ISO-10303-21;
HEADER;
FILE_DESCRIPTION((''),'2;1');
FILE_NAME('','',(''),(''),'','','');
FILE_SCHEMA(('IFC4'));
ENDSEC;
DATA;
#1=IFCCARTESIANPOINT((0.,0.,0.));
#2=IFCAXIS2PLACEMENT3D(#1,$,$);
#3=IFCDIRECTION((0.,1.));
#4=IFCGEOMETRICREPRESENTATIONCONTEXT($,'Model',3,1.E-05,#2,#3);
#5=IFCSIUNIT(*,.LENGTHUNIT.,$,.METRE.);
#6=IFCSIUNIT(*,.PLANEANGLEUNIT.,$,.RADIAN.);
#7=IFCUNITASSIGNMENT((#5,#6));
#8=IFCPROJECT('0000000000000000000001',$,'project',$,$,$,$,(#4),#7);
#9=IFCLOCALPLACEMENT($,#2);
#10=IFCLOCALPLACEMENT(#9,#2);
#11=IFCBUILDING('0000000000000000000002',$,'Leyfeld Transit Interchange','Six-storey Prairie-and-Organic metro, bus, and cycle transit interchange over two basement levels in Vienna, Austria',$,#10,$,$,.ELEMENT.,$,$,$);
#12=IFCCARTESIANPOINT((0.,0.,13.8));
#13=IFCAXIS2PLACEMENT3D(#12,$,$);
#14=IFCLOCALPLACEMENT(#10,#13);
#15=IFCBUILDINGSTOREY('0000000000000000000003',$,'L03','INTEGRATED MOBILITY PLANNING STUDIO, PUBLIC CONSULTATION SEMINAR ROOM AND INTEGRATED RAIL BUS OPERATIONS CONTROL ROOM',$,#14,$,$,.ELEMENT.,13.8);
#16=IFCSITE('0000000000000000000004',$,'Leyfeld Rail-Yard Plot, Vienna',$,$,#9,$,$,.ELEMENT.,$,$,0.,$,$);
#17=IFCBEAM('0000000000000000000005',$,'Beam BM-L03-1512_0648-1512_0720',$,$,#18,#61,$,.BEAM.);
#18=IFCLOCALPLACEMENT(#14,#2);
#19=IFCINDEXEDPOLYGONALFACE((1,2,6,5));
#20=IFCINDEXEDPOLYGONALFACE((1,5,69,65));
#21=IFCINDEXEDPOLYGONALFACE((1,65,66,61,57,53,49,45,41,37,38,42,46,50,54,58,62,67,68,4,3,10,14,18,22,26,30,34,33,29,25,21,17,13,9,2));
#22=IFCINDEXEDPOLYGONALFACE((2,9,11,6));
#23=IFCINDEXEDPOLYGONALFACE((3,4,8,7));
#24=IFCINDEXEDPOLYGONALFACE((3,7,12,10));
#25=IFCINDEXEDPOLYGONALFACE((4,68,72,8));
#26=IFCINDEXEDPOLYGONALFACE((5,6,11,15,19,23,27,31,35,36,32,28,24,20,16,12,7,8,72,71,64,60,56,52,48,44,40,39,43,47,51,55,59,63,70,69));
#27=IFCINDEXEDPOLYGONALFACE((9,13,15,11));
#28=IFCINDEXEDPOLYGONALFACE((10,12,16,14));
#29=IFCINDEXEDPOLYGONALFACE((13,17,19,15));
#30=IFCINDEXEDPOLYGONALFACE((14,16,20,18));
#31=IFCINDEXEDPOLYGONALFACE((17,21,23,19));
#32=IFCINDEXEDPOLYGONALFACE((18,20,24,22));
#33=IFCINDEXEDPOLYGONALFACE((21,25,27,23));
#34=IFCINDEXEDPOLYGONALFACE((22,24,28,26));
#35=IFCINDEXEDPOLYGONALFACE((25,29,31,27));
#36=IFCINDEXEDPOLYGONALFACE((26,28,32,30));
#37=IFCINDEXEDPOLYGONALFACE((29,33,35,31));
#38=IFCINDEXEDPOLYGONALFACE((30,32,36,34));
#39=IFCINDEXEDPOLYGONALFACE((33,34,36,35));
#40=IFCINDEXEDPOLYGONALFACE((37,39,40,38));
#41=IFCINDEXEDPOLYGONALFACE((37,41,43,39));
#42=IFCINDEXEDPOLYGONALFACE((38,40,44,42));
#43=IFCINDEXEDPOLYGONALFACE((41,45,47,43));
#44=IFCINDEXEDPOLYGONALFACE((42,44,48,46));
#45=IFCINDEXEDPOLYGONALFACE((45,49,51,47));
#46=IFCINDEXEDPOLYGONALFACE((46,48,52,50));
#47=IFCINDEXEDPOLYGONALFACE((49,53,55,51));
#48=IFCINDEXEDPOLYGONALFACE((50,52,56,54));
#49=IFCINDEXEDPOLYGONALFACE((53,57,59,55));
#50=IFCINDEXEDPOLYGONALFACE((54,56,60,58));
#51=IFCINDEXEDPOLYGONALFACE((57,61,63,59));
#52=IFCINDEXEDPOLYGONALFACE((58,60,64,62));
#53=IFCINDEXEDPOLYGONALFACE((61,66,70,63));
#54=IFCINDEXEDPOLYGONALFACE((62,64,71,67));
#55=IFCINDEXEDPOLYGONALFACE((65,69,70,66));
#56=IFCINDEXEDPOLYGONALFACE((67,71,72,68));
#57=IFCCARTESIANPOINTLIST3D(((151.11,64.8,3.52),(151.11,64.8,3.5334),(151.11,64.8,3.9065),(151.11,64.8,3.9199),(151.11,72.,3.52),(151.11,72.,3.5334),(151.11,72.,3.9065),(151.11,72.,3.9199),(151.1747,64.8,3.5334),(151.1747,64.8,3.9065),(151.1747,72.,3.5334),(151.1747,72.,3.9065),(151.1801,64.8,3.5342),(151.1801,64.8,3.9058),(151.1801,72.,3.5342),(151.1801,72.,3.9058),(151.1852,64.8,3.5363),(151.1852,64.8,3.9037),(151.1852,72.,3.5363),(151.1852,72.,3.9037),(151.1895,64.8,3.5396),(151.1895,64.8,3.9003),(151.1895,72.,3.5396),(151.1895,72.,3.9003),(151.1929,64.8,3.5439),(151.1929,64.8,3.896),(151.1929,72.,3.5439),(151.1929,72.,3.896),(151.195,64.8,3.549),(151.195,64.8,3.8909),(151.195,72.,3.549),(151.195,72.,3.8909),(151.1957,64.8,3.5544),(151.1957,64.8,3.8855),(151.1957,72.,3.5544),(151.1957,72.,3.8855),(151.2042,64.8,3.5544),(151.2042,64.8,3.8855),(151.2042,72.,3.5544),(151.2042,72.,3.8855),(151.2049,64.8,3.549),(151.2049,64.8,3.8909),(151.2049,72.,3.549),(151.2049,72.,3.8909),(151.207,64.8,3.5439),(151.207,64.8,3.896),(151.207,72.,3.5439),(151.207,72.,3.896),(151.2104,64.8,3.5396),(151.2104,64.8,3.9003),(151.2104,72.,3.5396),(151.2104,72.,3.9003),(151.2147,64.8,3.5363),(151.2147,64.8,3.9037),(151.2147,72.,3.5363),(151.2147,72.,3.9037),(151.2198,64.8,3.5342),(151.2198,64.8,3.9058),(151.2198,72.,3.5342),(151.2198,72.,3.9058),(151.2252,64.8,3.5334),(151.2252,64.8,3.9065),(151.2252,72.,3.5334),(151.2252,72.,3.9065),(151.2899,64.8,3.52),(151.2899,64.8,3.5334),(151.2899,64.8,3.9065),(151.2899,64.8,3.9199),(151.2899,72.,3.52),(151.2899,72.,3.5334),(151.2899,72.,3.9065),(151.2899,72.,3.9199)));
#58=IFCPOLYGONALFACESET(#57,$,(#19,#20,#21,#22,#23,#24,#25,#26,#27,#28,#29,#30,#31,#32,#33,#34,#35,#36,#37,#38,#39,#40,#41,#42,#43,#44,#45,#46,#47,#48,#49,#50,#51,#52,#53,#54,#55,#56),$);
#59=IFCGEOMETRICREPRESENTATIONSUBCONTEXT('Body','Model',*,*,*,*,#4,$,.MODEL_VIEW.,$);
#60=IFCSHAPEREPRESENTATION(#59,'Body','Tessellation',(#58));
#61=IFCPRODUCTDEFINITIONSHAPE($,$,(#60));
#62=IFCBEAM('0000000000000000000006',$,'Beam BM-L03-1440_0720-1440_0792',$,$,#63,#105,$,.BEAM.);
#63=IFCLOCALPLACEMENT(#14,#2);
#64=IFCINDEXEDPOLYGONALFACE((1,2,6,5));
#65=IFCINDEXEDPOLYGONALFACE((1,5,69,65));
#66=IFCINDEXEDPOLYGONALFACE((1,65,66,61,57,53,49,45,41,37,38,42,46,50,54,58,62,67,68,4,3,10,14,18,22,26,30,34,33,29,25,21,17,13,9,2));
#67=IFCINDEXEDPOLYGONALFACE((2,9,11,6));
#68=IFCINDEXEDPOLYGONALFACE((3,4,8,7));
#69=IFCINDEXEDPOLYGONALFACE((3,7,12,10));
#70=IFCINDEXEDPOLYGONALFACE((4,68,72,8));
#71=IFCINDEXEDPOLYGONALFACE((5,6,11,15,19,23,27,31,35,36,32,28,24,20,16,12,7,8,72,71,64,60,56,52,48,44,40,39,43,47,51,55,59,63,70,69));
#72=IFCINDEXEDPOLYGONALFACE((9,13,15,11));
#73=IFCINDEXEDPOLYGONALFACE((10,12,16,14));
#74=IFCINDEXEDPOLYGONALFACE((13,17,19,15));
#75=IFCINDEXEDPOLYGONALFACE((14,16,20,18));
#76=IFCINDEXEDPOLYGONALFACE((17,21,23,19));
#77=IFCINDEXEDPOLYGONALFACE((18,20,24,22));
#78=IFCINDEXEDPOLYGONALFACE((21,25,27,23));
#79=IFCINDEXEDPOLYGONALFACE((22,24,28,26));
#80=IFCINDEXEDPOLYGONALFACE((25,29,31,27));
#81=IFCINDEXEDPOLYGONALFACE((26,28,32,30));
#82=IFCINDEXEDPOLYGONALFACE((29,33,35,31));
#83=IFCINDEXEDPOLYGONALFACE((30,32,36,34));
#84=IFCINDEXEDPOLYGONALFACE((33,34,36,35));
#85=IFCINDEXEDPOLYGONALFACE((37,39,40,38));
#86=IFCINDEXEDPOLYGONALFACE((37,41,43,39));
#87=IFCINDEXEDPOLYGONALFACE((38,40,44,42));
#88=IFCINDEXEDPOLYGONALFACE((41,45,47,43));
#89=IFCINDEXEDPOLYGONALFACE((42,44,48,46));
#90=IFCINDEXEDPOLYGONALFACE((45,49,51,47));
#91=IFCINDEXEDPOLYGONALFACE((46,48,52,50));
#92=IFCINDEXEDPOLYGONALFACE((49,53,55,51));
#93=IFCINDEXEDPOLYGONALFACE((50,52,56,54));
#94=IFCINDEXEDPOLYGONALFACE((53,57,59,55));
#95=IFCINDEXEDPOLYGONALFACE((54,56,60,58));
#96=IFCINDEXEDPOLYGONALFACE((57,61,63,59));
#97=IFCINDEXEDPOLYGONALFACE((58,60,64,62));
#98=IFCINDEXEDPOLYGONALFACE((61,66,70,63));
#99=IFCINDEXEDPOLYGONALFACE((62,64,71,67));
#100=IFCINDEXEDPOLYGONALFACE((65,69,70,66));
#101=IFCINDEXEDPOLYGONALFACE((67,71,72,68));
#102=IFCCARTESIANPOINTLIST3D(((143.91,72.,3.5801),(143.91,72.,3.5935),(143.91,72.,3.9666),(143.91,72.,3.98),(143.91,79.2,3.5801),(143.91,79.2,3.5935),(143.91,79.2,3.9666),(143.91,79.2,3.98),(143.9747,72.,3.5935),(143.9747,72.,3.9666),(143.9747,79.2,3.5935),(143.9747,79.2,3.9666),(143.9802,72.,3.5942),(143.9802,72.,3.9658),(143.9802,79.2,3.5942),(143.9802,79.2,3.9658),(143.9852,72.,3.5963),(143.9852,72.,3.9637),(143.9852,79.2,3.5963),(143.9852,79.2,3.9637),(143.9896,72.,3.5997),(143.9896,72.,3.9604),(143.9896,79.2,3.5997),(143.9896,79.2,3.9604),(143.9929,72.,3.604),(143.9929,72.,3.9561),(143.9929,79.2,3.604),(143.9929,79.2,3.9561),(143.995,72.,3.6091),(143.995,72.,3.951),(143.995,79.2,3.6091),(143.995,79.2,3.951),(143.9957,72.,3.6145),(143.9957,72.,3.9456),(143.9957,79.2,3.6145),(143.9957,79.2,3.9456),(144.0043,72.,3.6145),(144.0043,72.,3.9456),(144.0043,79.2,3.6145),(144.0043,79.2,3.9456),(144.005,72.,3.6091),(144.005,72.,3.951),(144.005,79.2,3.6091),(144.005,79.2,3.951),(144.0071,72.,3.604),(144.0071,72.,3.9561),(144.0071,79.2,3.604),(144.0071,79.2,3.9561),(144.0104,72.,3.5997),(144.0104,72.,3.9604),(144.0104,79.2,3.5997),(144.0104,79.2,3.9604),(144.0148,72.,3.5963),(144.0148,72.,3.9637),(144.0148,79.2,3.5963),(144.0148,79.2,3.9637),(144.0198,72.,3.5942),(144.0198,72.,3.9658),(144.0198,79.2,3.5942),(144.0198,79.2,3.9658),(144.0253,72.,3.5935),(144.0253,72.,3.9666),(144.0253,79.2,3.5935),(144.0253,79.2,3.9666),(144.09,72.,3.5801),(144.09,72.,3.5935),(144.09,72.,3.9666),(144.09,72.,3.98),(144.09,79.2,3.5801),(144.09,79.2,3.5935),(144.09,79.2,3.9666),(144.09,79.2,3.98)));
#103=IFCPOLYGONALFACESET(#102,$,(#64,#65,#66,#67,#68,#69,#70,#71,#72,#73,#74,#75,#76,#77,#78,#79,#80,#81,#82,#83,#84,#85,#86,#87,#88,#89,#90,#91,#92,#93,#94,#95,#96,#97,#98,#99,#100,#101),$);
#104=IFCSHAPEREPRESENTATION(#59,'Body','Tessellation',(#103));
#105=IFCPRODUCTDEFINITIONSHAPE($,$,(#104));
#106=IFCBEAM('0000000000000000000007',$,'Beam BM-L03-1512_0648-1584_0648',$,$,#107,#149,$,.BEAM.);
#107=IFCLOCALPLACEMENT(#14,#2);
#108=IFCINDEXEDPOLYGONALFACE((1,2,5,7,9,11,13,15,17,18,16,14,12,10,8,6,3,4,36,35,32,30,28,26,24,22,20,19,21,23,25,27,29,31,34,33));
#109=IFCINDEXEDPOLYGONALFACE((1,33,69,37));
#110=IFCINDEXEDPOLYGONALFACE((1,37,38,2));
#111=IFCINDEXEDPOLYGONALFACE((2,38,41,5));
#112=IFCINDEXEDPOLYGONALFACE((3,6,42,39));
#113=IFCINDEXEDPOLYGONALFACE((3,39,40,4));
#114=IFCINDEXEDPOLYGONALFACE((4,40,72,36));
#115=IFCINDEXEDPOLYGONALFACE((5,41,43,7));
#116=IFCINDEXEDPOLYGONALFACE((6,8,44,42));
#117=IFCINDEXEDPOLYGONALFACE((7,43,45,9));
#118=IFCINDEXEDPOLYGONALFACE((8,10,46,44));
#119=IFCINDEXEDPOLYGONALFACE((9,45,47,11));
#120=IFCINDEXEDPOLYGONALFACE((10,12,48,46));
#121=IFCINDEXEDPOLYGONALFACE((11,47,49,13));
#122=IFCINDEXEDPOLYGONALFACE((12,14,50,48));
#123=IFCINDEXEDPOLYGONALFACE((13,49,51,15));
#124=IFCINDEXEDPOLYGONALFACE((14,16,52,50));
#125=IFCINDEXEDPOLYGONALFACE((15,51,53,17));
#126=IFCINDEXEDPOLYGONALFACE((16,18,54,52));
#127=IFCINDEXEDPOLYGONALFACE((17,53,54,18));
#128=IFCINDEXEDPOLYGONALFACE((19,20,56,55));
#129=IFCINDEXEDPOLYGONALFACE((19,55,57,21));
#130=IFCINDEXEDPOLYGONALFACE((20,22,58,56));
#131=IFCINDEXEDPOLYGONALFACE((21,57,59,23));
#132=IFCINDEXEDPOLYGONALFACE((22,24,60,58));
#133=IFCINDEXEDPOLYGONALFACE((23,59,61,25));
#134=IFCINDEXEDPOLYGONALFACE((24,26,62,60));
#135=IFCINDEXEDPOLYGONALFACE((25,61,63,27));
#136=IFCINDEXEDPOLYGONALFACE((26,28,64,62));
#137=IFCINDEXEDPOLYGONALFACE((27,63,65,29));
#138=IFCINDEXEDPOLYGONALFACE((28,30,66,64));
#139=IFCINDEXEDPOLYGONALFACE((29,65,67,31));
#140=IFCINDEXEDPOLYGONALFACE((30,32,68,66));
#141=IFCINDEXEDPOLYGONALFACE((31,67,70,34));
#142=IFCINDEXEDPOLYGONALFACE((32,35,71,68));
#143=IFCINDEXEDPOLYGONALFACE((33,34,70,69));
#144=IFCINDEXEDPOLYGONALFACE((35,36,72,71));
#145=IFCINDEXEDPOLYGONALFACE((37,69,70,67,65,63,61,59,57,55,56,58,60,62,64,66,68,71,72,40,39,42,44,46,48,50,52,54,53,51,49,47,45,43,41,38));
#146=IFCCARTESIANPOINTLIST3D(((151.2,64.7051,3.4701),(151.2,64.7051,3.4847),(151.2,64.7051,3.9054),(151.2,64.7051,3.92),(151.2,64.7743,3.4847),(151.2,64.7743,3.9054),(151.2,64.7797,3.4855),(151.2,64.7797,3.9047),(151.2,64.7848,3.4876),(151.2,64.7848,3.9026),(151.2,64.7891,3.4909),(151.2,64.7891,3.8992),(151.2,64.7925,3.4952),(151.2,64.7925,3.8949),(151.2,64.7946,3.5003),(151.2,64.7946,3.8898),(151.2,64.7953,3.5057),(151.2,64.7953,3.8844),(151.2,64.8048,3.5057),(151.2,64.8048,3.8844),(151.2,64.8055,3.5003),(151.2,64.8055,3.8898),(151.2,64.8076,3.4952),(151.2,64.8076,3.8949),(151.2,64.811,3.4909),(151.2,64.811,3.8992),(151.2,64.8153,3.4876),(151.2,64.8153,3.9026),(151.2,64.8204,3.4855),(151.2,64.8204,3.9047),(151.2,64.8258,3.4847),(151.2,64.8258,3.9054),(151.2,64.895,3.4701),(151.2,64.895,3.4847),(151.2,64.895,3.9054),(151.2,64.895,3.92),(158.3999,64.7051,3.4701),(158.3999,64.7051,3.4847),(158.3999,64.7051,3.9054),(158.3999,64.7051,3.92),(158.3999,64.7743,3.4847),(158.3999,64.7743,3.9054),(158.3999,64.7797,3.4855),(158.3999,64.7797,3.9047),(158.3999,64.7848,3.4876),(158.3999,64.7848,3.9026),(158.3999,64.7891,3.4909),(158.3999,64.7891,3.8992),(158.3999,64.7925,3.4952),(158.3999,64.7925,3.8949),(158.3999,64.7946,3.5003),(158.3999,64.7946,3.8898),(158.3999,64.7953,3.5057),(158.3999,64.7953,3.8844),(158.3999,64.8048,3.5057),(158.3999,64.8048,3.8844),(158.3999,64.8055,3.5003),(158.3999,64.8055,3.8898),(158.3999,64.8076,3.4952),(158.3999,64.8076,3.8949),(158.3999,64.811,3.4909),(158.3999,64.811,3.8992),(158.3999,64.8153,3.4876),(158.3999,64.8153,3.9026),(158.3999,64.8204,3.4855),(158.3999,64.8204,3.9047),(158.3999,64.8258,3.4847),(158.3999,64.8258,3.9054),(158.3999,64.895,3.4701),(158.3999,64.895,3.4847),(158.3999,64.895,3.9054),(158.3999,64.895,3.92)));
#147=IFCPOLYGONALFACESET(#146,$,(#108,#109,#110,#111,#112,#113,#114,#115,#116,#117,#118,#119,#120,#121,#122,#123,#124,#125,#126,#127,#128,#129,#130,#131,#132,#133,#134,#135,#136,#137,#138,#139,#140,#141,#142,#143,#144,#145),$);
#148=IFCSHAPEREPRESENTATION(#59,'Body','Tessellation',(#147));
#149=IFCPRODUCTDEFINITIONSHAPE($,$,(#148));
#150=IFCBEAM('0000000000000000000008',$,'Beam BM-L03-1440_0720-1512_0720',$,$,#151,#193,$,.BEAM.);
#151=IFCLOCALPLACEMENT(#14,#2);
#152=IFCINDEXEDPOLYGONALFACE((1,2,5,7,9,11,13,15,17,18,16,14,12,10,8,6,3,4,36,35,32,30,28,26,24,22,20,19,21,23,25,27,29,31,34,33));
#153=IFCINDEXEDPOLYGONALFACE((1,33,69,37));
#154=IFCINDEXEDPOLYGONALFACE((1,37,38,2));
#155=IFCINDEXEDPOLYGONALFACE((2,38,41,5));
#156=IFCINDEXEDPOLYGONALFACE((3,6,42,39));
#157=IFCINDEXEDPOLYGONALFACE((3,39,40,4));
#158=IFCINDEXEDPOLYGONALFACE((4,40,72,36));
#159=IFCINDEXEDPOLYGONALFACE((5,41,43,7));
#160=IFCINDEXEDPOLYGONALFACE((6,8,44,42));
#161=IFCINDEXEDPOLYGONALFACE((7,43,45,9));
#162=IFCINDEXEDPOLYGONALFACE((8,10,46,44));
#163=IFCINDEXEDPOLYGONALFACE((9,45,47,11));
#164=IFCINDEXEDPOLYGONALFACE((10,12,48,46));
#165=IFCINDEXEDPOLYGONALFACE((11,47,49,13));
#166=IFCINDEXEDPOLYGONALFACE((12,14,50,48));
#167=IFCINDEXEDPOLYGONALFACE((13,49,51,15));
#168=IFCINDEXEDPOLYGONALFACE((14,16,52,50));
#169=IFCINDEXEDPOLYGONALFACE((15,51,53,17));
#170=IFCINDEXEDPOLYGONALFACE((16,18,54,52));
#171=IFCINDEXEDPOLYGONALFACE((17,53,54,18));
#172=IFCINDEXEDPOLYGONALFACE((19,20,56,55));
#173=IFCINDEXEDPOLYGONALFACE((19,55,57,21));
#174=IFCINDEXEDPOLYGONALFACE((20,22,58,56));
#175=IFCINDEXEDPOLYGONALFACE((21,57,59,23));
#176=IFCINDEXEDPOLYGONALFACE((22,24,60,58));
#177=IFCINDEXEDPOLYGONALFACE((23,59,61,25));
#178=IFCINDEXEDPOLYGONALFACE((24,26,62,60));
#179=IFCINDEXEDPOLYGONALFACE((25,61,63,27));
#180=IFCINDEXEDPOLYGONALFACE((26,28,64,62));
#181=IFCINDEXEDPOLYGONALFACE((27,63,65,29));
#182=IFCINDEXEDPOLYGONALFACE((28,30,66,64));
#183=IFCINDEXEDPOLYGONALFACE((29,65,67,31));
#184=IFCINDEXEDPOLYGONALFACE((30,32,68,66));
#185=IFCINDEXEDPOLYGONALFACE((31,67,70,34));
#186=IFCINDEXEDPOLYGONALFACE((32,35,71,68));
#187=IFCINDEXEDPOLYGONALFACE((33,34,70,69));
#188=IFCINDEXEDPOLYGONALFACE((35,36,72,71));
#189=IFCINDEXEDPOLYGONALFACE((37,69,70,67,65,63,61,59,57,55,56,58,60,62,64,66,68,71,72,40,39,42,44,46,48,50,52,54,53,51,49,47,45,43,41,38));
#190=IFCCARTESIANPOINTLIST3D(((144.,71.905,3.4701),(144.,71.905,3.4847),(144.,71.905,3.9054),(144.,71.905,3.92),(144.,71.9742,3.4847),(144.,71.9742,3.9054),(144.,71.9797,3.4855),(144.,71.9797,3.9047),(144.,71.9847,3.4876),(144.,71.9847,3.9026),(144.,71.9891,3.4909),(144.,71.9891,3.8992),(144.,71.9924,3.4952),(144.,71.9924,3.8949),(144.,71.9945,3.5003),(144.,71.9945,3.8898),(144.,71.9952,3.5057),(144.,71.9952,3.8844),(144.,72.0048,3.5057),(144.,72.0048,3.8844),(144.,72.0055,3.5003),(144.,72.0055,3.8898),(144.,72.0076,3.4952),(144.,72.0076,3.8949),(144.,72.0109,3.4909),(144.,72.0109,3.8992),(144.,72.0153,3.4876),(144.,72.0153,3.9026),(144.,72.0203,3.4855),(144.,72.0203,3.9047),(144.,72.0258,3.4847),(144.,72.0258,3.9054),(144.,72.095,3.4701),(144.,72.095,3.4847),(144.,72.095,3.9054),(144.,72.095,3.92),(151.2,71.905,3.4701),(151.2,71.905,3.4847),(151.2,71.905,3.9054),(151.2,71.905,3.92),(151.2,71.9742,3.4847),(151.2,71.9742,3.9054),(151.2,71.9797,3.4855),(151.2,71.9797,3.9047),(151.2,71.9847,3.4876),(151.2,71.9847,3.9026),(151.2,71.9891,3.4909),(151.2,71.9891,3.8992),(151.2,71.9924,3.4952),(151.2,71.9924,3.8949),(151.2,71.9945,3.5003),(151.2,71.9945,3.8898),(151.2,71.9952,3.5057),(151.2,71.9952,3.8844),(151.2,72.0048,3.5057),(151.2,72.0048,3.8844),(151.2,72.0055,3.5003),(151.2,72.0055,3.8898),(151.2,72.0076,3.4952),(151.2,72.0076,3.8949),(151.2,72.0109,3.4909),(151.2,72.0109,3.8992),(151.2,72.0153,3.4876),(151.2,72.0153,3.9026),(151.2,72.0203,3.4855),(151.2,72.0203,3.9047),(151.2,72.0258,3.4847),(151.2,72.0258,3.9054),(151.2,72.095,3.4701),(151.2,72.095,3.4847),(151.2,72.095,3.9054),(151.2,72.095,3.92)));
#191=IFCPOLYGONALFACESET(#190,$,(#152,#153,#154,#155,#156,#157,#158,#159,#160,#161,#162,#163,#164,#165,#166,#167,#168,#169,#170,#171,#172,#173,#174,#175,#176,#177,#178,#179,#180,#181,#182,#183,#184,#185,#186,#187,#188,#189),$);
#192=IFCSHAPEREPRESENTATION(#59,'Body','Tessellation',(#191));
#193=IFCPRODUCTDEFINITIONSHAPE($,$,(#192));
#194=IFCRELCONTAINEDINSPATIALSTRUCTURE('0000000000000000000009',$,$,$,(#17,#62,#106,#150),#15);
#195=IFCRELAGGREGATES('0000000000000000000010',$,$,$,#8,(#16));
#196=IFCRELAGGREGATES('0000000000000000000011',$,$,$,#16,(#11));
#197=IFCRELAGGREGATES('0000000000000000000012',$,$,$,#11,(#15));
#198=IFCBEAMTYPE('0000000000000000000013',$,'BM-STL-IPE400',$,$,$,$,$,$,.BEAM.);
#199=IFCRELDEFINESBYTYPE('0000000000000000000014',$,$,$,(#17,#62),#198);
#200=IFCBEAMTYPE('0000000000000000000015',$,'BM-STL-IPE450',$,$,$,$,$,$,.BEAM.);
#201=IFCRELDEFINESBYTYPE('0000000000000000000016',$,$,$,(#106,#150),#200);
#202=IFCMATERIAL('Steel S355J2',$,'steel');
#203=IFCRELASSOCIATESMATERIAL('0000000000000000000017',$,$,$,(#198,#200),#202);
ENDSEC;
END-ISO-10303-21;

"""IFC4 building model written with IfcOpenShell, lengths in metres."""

from ifc_helpers import new_model, si_unit, direction, frame, origin, origin_2d, place, context, subcontext, project, spatial, i_section, extrude, material, material_profile, profile_set, type_object, element, save


model = new_model("IFC4")

# Units and contexts
model_context = context("Model", 3, precision=1e-05, world=origin(), true_north=direction((0.0, 1.0)))
body_context = subcontext(model_context, "Body", "Model", "MODEL_VIEW")
ifc_project = project(units=[si_unit("LENGTHUNIT", "METRE"), si_unit("PLANEANGLEUNIT", "RADIAN")], contexts=[model_context])

# Site, building, storey
site_placement = place(None, origin())
site = spatial("IfcSite", under=ifc_project, at=site_placement, Name="Leyfeld Rail-Yard Plot, Vienna", CompositionType="ELEMENT", RefElevation=0.0)
building_placement = place(site_placement, origin())
building = spatial("IfcBuilding", under=site, at=building_placement, Name="Leyfeld Transit Interchange", Description="Six-storey Prairie-and-Organic metro, bus, and cycle transit interchange over two basement levels in Vienna, Austria", CompositionType="ELEMENT")
storey_placement = place(building_placement, frame((0.0, 0.0, 13.8)))
storey = spatial("IfcBuildingStorey", under=building, at=storey_placement, Name="L03", Description="INTEGRATED MOBILITY PLANNING STUDIO, PUBLIC CONSULTATION SEMINAR ROOM AND INTEGRATED RAIL BUS OPERATIONS CONTROL ROOM", CompositionType="ELEMENT", Elevation=13.8)

# Shared definitions
ifc_material_1 = material(Name="Steel S355J2", Category="steel")

# Beams
ifc_material_profile_1 = material_profile(ifc_material_1, i_section(OverallWidth=0.1799, OverallDepth=0.3999, WebThickness=0.0085, FlangeThickness=0.0134, FilletRadius=0.021, at=origin_2d()), Name="IPE 400")
ifc_profile_set_1 = profile_set([ifc_material_profile_1], Name="Steel S355J2")
beam_type_1 = type_object("IfcBeamType", Name="BM-STL-IPE400", PredefinedType="BEAM", material=ifc_profile_set_1)
for number, where, z_axis, x_axis, name in (
    (1, (151.2, 64.8, 3.72), (0.0, 1.0, 0.0), (-1.0, 0.0, 0.0), "Beam BM-L03-1512_0648-1512_0720"),
    (2, (144.0, 72.0, 3.78), (0.0, 1.0, 0.0), (-1.0, 0.0, 0.0), "Beam BM-L03-1440_0720-1440_0792"),
):
    element("IfcBeam", number, at=place(storey_placement, frame(where, z_axis=z_axis, x_axis=x_axis)), inside=storey, type_object=beam_type_1, Name=name, PredefinedType="BEAM", context=body_context, shape_type="SweptSolid", body=[
        extrude(i_section(OverallWidth=0.1799, OverallDepth=0.3999, WebThickness=0.0085, FlangeThickness=0.0134, FilletRadius=0.021, at=origin_2d()), origin(), (0.0, 0.0, 1.0), 7.2),
    ])
ifc_material_profile_2 = material_profile(ifc_material_1, i_section(OverallWidth=0.1899, OverallDepth=0.45, WebThickness=0.0095, FlangeThickness=0.0146, FilletRadius=0.021, at=origin_2d()), Name="IPE 450")
ifc_profile_set_2 = profile_set([ifc_material_profile_2], Name="Steel S355J2")
beam_type_2 = type_object("IfcBeamType", Name="BM-STL-IPE450", PredefinedType="BEAM", material=ifc_profile_set_2)
for number, where, z_axis, x_axis, name in (
    (3, (151.2, 64.8, 3.6951), (1.0, 0.0, 0.0), (0.0, 1.0, 0.0), "Beam BM-L03-1512_0648-1584_0648"),
    (4, (144.0, 72.0, 3.6951), (1.0, 0.0, 0.0), (0.0, 1.0, 0.0), "Beam BM-L03-1440_0720-1512_0720"),
):
    element("IfcBeam", number, at=place(storey_placement, frame(where, z_axis=z_axis, x_axis=x_axis)), inside=storey, type_object=beam_type_2, Name=name, PredefinedType="BEAM", context=body_context, shape_type="SweptSolid", body=[
        extrude(i_section(OverallWidth=0.1899, OverallDepth=0.45, WebThickness=0.0095, FlangeThickness=0.0146, FilletRadius=0.021, at=origin_2d()), origin(), (0.0, 0.0, 1.0), 7.2),
    ])

save(model, "model.ifc")
